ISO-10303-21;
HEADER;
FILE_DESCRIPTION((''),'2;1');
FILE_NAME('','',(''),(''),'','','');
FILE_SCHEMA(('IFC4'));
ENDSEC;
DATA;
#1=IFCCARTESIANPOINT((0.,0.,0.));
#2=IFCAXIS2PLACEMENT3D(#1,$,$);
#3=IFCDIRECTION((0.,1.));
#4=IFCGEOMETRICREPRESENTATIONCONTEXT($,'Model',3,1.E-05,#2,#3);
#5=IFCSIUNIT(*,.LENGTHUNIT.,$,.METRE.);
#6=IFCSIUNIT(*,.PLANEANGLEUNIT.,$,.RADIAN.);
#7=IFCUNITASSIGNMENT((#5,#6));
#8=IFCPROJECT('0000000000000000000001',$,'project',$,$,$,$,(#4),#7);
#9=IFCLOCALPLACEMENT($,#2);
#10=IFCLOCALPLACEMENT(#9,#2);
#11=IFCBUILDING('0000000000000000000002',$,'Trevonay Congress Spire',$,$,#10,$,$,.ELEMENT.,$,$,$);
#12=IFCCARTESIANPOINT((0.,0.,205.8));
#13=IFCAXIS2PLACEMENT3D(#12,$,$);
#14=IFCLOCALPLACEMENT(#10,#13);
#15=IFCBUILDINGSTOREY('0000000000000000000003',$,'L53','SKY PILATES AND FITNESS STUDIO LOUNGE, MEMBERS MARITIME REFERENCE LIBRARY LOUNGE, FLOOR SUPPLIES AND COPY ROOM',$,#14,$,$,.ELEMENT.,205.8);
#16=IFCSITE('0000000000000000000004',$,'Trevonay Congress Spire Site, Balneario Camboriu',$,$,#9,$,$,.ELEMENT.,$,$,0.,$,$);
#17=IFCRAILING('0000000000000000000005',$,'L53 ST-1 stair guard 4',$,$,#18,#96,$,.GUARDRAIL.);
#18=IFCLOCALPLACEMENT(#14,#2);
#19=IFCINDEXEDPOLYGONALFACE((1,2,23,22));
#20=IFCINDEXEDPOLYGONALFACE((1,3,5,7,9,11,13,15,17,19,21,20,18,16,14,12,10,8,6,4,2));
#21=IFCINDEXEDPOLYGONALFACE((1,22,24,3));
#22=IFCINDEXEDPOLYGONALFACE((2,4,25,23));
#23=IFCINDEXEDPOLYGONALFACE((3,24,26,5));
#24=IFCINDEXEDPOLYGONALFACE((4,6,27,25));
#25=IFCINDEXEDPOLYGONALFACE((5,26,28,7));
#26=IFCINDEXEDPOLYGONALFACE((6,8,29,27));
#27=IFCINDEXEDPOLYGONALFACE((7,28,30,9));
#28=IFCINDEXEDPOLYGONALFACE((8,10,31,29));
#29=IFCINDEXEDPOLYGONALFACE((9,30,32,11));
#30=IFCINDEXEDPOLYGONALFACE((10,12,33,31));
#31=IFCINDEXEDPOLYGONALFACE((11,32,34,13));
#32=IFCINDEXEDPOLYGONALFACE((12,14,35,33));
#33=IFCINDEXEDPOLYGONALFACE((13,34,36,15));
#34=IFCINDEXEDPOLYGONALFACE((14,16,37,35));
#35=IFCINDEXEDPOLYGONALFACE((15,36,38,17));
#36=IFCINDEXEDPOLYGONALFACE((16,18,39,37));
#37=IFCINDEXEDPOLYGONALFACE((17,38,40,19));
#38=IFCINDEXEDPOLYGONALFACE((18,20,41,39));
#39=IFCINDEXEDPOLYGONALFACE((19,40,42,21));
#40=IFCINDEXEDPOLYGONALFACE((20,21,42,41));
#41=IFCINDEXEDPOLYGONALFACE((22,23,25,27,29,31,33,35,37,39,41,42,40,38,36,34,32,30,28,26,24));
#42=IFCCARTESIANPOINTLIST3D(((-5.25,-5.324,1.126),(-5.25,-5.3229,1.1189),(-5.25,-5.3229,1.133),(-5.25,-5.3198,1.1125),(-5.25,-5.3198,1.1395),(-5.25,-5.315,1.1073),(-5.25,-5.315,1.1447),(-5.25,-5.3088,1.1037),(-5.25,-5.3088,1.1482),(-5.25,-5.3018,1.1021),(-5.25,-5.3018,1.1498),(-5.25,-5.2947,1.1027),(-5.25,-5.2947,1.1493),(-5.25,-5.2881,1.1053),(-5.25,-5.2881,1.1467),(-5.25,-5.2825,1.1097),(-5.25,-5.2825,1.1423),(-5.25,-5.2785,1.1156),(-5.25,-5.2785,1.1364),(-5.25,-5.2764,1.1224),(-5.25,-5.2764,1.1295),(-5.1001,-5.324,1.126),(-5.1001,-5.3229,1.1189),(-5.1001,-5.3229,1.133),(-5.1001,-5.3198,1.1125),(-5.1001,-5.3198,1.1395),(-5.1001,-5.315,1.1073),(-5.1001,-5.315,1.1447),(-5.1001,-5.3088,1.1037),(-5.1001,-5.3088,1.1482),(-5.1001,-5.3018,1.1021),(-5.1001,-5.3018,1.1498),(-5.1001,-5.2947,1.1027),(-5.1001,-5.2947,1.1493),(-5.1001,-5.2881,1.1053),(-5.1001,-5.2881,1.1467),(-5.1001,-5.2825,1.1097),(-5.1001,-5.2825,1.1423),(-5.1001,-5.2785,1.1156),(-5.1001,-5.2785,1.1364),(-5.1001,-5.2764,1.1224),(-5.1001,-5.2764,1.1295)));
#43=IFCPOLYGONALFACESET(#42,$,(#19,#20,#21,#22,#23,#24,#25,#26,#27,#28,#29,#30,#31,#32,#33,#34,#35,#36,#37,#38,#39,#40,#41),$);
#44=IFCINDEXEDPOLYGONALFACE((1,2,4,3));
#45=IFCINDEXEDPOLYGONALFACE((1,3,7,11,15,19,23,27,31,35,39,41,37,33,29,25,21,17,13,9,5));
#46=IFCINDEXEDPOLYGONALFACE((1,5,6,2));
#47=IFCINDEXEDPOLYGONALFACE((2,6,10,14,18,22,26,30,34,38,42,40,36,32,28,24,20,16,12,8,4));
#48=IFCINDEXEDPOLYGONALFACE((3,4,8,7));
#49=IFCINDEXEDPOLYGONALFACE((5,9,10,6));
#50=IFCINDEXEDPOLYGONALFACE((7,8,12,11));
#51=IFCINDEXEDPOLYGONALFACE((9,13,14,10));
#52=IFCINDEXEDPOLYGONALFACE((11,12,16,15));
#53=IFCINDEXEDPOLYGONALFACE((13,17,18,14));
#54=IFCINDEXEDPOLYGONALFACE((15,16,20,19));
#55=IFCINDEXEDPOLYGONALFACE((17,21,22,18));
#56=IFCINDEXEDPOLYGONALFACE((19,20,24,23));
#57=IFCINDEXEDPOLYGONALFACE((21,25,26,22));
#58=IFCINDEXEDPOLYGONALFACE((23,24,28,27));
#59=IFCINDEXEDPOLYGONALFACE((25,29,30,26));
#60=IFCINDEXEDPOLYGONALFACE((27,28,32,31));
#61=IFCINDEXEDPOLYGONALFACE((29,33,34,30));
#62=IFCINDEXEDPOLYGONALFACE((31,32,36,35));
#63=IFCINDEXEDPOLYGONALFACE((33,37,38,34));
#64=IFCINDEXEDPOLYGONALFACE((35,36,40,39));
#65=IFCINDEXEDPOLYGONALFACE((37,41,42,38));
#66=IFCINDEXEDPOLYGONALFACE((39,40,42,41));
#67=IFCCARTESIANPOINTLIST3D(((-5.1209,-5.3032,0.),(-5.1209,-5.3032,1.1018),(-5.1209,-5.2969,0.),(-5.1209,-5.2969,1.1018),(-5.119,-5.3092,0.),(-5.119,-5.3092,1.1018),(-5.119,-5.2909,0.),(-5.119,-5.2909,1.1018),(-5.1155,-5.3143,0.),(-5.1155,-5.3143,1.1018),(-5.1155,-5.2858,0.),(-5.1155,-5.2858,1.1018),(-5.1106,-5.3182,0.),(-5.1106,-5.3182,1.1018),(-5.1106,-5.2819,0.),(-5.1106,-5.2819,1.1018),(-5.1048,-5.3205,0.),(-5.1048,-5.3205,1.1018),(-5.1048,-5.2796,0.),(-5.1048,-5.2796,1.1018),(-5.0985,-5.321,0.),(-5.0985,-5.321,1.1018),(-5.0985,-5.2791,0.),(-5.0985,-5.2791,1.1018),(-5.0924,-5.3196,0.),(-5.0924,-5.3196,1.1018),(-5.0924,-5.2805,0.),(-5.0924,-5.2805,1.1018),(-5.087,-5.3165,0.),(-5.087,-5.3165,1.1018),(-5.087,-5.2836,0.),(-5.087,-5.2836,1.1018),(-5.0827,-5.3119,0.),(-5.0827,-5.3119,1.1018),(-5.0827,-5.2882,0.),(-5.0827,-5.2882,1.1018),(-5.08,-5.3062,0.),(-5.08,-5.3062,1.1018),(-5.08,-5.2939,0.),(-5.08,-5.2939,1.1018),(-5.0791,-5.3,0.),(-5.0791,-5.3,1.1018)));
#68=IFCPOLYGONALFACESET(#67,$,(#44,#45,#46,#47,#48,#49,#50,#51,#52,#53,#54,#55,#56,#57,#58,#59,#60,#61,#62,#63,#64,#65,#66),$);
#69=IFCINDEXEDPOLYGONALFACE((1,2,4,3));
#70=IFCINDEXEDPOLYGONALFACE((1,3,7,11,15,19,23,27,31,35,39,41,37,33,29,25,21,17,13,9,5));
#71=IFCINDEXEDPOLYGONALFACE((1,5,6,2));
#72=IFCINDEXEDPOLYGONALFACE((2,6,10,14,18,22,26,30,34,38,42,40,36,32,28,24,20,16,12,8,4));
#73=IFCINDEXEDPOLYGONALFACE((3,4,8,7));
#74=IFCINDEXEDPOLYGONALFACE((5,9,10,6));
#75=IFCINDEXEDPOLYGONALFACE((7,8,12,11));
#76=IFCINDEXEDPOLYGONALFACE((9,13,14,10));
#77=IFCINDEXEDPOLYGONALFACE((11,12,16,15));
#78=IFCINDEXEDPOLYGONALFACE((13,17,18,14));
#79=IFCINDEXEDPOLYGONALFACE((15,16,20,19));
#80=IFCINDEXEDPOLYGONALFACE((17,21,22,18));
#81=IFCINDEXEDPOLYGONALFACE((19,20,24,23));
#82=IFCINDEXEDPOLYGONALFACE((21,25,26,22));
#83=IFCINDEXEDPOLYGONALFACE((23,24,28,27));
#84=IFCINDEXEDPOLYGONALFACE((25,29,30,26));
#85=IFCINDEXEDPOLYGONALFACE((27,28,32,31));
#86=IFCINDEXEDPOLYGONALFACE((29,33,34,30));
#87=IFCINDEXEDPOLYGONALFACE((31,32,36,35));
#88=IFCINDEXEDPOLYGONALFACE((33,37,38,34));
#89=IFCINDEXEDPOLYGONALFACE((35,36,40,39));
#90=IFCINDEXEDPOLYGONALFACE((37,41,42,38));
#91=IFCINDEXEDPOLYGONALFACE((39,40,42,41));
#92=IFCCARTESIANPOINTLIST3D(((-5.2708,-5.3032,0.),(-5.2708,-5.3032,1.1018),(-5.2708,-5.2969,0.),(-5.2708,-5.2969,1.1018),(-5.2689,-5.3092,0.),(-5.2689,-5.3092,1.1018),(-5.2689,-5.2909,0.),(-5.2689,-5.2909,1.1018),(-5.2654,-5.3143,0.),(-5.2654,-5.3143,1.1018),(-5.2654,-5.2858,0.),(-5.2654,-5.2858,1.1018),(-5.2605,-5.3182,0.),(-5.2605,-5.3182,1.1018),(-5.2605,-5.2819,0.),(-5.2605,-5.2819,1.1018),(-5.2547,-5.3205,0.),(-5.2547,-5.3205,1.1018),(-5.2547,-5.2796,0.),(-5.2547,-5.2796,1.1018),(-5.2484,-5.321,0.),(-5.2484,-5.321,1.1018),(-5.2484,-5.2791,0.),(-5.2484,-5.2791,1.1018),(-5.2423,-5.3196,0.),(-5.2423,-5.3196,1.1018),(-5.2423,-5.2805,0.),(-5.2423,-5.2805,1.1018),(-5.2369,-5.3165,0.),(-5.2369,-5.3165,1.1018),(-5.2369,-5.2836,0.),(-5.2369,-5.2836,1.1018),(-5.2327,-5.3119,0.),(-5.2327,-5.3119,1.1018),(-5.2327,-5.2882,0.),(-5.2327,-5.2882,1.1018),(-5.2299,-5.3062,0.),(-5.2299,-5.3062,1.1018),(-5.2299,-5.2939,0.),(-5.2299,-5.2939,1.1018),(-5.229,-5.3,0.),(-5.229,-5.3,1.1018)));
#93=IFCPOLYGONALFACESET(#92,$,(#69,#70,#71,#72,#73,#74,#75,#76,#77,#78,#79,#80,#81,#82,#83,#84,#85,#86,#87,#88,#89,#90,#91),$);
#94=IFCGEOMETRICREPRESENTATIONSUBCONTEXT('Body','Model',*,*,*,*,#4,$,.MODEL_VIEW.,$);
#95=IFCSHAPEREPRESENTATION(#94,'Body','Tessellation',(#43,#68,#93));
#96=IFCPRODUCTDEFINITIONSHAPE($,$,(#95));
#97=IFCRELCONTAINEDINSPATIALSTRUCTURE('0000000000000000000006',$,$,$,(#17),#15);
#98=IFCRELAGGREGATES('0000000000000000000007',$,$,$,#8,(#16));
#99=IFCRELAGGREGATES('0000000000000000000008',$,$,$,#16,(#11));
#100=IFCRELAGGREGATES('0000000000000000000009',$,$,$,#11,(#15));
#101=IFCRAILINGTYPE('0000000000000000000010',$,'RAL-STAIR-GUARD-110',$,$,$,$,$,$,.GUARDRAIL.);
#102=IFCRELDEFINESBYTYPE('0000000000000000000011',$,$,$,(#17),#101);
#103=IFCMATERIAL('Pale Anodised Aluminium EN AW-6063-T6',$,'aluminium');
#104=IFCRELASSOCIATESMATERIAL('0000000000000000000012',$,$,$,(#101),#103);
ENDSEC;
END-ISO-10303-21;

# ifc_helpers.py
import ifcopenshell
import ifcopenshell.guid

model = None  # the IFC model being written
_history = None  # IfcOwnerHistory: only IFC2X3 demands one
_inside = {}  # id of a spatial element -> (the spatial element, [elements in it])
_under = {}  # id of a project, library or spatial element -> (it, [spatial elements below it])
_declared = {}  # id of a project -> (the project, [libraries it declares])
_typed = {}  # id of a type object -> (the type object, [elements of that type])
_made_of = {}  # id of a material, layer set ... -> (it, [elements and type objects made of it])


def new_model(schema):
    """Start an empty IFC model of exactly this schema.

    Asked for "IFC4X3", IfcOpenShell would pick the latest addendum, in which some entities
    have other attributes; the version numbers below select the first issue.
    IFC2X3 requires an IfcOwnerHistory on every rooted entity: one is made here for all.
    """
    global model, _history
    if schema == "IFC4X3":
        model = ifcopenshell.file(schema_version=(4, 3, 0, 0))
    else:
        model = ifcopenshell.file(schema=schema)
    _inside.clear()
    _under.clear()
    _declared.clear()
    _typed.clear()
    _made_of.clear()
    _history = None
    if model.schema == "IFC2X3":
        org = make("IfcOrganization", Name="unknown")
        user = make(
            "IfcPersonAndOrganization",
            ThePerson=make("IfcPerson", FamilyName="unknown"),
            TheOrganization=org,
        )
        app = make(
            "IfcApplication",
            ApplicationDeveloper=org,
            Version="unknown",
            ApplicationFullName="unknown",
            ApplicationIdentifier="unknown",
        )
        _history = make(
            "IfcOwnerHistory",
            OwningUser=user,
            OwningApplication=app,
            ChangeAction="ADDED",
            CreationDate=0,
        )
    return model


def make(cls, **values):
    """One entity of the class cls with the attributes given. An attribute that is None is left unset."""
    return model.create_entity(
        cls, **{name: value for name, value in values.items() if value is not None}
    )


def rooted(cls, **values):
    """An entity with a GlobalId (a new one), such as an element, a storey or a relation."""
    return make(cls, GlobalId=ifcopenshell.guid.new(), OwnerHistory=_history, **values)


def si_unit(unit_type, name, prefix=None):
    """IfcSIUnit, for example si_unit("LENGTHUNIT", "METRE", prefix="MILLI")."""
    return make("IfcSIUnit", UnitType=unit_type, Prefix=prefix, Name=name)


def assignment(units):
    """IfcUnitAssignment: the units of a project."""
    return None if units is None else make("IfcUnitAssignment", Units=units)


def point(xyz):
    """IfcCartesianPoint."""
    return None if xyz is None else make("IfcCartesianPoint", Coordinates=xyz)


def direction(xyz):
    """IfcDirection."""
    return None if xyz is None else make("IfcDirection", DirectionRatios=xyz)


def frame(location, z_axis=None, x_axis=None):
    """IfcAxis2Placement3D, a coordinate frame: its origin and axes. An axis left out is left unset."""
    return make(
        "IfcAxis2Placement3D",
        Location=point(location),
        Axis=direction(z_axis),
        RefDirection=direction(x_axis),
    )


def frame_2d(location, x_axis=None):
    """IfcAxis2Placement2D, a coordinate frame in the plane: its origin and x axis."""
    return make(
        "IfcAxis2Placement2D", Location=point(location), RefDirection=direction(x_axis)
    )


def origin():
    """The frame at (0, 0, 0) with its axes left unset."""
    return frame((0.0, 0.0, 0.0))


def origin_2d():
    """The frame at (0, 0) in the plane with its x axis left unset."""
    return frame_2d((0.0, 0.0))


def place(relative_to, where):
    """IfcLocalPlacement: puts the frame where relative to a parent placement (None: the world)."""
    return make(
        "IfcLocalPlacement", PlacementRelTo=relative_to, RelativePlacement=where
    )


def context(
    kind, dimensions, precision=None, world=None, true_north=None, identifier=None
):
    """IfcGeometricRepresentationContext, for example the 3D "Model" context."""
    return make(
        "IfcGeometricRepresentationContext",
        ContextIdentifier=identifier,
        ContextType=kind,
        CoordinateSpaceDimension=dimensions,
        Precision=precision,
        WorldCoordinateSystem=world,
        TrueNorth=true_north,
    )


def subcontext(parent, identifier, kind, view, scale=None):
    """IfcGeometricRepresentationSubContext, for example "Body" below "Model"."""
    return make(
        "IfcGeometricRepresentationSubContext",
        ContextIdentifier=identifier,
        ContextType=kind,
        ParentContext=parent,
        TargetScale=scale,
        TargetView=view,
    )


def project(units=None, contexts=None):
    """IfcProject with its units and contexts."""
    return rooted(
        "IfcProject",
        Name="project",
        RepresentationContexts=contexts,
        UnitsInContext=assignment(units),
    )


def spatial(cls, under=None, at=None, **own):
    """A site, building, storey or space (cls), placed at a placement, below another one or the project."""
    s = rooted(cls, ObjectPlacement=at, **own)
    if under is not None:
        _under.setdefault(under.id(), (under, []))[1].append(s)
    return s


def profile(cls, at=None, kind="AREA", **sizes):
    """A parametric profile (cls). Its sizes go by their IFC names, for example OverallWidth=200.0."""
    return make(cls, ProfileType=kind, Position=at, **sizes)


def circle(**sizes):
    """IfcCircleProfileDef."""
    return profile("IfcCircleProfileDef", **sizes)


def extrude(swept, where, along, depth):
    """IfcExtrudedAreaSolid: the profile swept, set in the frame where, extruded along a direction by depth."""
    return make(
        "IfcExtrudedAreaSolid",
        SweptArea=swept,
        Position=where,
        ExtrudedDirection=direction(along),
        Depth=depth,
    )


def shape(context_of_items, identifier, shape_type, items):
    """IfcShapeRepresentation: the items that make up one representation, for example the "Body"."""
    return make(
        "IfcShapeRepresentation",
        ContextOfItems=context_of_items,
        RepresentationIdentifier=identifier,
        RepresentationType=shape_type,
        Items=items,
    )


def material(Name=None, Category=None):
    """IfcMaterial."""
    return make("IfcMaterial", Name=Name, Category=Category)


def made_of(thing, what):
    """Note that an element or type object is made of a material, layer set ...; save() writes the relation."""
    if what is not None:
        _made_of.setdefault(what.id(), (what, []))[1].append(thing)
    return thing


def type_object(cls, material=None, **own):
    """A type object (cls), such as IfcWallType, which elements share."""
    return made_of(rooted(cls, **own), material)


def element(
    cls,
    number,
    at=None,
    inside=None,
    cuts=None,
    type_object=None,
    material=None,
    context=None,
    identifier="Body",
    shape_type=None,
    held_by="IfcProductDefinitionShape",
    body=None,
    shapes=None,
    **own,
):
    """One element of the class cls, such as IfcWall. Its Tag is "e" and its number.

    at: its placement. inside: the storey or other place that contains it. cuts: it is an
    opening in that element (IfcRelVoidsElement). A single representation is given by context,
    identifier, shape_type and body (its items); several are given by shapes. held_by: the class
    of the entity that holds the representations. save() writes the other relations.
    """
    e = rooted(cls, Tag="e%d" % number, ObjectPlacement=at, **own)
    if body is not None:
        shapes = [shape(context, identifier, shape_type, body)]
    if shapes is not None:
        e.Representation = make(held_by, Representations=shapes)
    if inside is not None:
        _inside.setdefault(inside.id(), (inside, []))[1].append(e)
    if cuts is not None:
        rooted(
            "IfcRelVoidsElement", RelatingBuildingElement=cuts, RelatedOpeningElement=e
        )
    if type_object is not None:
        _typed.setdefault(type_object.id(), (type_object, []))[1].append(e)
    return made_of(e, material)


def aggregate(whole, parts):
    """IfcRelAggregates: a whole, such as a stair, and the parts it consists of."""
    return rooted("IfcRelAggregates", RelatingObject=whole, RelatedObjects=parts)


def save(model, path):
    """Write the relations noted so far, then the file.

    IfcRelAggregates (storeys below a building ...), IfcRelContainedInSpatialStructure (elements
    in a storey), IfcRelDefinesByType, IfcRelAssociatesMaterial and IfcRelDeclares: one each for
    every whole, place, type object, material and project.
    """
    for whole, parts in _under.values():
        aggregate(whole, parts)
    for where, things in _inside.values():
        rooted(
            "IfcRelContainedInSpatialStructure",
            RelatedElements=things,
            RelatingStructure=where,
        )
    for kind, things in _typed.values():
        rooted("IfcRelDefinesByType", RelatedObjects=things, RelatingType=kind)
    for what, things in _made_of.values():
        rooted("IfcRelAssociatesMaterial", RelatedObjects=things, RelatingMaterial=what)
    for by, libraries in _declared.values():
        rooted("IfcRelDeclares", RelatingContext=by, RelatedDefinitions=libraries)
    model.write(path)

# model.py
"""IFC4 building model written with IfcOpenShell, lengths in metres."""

from ifc_helpers import new_model, si_unit, direction, frame, origin, origin_2d, place, context, subcontext, project, spatial, circle, extrude, material, type_object, element, save


model = new_model("IFC4")

# Units and contexts
model_context = context("Model", 3, precision=1e-05, world=origin(), true_north=direction((0.0, 1.0)))
body_context = subcontext(model_context, "Body", "Model", "MODEL_VIEW")
ifc_project = project(units=[si_unit("LENGTHUNIT", "METRE"), si_unit("PLANEANGLEUNIT", "RADIAN")], contexts=[model_context])

# Site, building, storey
site_placement = place(None, origin())
site = spatial("IfcSite", under=ifc_project, at=site_placement, Name="Trevonay Congress Spire Site, Balneario Camboriu", CompositionType="ELEMENT", RefElevation=0.0)
building_placement = place(site_placement, origin())
building = spatial("IfcBuilding", under=site, at=building_placement, Name="Trevonay Congress Spire", CompositionType="ELEMENT")
storey_placement = place(building_placement, frame((0.0, 0.0, 205.8)))
storey = spatial("IfcBuildingStorey", under=building, at=storey_placement, Name="L53", Description="SKY PILATES AND FITNESS STUDIO LOUNGE, MEMBERS MARITIME REFERENCE LIBRARY LOUNGE, FLOOR SUPPLIES AND COPY ROOM", CompositionType="ELEMENT", Elevation=205.8)

# Railing
ifc_material_1 = material(Name="Pale Anodised Aluminium EN AW-6063-T6", Category="aluminium")
railing_type_1 = type_object("IfcRailingType", Name="RAL-STAIR-GUARD-110", PredefinedType="GUARDRAIL", material=ifc_material_1)
railing_1_placement = place(storey_placement, frame((-5.1001, -5.3, 0.0)))
element("IfcRailing", 1, at=railing_1_placement, inside=storey, type_object=railing_type_1, Name="L53 ST-1 stair guard 4", PredefinedType="GUARDRAIL", context=body_context, shape_type="SweptSolid", body=[
    extrude(circle(Radius=0.0239, at=origin_2d()), frame((0.0, 0.0, 1.126), z_axis=(-1.0, 0.0, 0.0), x_axis=(0.0, -1.0, 0.0)), (0.0, 0.0, 1.0), 0.1499),
    extrude(circle(Radius=0.021, at=origin_2d()), origin(), (0.0, 0.0, 1.0), 1.1018),
    extrude(circle(Radius=0.021, at=origin_2d()), frame((-0.1499, 0.0, 0.0)), (0.0, 0.0, 1.0), 1.1018),
])

save(model, "model.ifc")
